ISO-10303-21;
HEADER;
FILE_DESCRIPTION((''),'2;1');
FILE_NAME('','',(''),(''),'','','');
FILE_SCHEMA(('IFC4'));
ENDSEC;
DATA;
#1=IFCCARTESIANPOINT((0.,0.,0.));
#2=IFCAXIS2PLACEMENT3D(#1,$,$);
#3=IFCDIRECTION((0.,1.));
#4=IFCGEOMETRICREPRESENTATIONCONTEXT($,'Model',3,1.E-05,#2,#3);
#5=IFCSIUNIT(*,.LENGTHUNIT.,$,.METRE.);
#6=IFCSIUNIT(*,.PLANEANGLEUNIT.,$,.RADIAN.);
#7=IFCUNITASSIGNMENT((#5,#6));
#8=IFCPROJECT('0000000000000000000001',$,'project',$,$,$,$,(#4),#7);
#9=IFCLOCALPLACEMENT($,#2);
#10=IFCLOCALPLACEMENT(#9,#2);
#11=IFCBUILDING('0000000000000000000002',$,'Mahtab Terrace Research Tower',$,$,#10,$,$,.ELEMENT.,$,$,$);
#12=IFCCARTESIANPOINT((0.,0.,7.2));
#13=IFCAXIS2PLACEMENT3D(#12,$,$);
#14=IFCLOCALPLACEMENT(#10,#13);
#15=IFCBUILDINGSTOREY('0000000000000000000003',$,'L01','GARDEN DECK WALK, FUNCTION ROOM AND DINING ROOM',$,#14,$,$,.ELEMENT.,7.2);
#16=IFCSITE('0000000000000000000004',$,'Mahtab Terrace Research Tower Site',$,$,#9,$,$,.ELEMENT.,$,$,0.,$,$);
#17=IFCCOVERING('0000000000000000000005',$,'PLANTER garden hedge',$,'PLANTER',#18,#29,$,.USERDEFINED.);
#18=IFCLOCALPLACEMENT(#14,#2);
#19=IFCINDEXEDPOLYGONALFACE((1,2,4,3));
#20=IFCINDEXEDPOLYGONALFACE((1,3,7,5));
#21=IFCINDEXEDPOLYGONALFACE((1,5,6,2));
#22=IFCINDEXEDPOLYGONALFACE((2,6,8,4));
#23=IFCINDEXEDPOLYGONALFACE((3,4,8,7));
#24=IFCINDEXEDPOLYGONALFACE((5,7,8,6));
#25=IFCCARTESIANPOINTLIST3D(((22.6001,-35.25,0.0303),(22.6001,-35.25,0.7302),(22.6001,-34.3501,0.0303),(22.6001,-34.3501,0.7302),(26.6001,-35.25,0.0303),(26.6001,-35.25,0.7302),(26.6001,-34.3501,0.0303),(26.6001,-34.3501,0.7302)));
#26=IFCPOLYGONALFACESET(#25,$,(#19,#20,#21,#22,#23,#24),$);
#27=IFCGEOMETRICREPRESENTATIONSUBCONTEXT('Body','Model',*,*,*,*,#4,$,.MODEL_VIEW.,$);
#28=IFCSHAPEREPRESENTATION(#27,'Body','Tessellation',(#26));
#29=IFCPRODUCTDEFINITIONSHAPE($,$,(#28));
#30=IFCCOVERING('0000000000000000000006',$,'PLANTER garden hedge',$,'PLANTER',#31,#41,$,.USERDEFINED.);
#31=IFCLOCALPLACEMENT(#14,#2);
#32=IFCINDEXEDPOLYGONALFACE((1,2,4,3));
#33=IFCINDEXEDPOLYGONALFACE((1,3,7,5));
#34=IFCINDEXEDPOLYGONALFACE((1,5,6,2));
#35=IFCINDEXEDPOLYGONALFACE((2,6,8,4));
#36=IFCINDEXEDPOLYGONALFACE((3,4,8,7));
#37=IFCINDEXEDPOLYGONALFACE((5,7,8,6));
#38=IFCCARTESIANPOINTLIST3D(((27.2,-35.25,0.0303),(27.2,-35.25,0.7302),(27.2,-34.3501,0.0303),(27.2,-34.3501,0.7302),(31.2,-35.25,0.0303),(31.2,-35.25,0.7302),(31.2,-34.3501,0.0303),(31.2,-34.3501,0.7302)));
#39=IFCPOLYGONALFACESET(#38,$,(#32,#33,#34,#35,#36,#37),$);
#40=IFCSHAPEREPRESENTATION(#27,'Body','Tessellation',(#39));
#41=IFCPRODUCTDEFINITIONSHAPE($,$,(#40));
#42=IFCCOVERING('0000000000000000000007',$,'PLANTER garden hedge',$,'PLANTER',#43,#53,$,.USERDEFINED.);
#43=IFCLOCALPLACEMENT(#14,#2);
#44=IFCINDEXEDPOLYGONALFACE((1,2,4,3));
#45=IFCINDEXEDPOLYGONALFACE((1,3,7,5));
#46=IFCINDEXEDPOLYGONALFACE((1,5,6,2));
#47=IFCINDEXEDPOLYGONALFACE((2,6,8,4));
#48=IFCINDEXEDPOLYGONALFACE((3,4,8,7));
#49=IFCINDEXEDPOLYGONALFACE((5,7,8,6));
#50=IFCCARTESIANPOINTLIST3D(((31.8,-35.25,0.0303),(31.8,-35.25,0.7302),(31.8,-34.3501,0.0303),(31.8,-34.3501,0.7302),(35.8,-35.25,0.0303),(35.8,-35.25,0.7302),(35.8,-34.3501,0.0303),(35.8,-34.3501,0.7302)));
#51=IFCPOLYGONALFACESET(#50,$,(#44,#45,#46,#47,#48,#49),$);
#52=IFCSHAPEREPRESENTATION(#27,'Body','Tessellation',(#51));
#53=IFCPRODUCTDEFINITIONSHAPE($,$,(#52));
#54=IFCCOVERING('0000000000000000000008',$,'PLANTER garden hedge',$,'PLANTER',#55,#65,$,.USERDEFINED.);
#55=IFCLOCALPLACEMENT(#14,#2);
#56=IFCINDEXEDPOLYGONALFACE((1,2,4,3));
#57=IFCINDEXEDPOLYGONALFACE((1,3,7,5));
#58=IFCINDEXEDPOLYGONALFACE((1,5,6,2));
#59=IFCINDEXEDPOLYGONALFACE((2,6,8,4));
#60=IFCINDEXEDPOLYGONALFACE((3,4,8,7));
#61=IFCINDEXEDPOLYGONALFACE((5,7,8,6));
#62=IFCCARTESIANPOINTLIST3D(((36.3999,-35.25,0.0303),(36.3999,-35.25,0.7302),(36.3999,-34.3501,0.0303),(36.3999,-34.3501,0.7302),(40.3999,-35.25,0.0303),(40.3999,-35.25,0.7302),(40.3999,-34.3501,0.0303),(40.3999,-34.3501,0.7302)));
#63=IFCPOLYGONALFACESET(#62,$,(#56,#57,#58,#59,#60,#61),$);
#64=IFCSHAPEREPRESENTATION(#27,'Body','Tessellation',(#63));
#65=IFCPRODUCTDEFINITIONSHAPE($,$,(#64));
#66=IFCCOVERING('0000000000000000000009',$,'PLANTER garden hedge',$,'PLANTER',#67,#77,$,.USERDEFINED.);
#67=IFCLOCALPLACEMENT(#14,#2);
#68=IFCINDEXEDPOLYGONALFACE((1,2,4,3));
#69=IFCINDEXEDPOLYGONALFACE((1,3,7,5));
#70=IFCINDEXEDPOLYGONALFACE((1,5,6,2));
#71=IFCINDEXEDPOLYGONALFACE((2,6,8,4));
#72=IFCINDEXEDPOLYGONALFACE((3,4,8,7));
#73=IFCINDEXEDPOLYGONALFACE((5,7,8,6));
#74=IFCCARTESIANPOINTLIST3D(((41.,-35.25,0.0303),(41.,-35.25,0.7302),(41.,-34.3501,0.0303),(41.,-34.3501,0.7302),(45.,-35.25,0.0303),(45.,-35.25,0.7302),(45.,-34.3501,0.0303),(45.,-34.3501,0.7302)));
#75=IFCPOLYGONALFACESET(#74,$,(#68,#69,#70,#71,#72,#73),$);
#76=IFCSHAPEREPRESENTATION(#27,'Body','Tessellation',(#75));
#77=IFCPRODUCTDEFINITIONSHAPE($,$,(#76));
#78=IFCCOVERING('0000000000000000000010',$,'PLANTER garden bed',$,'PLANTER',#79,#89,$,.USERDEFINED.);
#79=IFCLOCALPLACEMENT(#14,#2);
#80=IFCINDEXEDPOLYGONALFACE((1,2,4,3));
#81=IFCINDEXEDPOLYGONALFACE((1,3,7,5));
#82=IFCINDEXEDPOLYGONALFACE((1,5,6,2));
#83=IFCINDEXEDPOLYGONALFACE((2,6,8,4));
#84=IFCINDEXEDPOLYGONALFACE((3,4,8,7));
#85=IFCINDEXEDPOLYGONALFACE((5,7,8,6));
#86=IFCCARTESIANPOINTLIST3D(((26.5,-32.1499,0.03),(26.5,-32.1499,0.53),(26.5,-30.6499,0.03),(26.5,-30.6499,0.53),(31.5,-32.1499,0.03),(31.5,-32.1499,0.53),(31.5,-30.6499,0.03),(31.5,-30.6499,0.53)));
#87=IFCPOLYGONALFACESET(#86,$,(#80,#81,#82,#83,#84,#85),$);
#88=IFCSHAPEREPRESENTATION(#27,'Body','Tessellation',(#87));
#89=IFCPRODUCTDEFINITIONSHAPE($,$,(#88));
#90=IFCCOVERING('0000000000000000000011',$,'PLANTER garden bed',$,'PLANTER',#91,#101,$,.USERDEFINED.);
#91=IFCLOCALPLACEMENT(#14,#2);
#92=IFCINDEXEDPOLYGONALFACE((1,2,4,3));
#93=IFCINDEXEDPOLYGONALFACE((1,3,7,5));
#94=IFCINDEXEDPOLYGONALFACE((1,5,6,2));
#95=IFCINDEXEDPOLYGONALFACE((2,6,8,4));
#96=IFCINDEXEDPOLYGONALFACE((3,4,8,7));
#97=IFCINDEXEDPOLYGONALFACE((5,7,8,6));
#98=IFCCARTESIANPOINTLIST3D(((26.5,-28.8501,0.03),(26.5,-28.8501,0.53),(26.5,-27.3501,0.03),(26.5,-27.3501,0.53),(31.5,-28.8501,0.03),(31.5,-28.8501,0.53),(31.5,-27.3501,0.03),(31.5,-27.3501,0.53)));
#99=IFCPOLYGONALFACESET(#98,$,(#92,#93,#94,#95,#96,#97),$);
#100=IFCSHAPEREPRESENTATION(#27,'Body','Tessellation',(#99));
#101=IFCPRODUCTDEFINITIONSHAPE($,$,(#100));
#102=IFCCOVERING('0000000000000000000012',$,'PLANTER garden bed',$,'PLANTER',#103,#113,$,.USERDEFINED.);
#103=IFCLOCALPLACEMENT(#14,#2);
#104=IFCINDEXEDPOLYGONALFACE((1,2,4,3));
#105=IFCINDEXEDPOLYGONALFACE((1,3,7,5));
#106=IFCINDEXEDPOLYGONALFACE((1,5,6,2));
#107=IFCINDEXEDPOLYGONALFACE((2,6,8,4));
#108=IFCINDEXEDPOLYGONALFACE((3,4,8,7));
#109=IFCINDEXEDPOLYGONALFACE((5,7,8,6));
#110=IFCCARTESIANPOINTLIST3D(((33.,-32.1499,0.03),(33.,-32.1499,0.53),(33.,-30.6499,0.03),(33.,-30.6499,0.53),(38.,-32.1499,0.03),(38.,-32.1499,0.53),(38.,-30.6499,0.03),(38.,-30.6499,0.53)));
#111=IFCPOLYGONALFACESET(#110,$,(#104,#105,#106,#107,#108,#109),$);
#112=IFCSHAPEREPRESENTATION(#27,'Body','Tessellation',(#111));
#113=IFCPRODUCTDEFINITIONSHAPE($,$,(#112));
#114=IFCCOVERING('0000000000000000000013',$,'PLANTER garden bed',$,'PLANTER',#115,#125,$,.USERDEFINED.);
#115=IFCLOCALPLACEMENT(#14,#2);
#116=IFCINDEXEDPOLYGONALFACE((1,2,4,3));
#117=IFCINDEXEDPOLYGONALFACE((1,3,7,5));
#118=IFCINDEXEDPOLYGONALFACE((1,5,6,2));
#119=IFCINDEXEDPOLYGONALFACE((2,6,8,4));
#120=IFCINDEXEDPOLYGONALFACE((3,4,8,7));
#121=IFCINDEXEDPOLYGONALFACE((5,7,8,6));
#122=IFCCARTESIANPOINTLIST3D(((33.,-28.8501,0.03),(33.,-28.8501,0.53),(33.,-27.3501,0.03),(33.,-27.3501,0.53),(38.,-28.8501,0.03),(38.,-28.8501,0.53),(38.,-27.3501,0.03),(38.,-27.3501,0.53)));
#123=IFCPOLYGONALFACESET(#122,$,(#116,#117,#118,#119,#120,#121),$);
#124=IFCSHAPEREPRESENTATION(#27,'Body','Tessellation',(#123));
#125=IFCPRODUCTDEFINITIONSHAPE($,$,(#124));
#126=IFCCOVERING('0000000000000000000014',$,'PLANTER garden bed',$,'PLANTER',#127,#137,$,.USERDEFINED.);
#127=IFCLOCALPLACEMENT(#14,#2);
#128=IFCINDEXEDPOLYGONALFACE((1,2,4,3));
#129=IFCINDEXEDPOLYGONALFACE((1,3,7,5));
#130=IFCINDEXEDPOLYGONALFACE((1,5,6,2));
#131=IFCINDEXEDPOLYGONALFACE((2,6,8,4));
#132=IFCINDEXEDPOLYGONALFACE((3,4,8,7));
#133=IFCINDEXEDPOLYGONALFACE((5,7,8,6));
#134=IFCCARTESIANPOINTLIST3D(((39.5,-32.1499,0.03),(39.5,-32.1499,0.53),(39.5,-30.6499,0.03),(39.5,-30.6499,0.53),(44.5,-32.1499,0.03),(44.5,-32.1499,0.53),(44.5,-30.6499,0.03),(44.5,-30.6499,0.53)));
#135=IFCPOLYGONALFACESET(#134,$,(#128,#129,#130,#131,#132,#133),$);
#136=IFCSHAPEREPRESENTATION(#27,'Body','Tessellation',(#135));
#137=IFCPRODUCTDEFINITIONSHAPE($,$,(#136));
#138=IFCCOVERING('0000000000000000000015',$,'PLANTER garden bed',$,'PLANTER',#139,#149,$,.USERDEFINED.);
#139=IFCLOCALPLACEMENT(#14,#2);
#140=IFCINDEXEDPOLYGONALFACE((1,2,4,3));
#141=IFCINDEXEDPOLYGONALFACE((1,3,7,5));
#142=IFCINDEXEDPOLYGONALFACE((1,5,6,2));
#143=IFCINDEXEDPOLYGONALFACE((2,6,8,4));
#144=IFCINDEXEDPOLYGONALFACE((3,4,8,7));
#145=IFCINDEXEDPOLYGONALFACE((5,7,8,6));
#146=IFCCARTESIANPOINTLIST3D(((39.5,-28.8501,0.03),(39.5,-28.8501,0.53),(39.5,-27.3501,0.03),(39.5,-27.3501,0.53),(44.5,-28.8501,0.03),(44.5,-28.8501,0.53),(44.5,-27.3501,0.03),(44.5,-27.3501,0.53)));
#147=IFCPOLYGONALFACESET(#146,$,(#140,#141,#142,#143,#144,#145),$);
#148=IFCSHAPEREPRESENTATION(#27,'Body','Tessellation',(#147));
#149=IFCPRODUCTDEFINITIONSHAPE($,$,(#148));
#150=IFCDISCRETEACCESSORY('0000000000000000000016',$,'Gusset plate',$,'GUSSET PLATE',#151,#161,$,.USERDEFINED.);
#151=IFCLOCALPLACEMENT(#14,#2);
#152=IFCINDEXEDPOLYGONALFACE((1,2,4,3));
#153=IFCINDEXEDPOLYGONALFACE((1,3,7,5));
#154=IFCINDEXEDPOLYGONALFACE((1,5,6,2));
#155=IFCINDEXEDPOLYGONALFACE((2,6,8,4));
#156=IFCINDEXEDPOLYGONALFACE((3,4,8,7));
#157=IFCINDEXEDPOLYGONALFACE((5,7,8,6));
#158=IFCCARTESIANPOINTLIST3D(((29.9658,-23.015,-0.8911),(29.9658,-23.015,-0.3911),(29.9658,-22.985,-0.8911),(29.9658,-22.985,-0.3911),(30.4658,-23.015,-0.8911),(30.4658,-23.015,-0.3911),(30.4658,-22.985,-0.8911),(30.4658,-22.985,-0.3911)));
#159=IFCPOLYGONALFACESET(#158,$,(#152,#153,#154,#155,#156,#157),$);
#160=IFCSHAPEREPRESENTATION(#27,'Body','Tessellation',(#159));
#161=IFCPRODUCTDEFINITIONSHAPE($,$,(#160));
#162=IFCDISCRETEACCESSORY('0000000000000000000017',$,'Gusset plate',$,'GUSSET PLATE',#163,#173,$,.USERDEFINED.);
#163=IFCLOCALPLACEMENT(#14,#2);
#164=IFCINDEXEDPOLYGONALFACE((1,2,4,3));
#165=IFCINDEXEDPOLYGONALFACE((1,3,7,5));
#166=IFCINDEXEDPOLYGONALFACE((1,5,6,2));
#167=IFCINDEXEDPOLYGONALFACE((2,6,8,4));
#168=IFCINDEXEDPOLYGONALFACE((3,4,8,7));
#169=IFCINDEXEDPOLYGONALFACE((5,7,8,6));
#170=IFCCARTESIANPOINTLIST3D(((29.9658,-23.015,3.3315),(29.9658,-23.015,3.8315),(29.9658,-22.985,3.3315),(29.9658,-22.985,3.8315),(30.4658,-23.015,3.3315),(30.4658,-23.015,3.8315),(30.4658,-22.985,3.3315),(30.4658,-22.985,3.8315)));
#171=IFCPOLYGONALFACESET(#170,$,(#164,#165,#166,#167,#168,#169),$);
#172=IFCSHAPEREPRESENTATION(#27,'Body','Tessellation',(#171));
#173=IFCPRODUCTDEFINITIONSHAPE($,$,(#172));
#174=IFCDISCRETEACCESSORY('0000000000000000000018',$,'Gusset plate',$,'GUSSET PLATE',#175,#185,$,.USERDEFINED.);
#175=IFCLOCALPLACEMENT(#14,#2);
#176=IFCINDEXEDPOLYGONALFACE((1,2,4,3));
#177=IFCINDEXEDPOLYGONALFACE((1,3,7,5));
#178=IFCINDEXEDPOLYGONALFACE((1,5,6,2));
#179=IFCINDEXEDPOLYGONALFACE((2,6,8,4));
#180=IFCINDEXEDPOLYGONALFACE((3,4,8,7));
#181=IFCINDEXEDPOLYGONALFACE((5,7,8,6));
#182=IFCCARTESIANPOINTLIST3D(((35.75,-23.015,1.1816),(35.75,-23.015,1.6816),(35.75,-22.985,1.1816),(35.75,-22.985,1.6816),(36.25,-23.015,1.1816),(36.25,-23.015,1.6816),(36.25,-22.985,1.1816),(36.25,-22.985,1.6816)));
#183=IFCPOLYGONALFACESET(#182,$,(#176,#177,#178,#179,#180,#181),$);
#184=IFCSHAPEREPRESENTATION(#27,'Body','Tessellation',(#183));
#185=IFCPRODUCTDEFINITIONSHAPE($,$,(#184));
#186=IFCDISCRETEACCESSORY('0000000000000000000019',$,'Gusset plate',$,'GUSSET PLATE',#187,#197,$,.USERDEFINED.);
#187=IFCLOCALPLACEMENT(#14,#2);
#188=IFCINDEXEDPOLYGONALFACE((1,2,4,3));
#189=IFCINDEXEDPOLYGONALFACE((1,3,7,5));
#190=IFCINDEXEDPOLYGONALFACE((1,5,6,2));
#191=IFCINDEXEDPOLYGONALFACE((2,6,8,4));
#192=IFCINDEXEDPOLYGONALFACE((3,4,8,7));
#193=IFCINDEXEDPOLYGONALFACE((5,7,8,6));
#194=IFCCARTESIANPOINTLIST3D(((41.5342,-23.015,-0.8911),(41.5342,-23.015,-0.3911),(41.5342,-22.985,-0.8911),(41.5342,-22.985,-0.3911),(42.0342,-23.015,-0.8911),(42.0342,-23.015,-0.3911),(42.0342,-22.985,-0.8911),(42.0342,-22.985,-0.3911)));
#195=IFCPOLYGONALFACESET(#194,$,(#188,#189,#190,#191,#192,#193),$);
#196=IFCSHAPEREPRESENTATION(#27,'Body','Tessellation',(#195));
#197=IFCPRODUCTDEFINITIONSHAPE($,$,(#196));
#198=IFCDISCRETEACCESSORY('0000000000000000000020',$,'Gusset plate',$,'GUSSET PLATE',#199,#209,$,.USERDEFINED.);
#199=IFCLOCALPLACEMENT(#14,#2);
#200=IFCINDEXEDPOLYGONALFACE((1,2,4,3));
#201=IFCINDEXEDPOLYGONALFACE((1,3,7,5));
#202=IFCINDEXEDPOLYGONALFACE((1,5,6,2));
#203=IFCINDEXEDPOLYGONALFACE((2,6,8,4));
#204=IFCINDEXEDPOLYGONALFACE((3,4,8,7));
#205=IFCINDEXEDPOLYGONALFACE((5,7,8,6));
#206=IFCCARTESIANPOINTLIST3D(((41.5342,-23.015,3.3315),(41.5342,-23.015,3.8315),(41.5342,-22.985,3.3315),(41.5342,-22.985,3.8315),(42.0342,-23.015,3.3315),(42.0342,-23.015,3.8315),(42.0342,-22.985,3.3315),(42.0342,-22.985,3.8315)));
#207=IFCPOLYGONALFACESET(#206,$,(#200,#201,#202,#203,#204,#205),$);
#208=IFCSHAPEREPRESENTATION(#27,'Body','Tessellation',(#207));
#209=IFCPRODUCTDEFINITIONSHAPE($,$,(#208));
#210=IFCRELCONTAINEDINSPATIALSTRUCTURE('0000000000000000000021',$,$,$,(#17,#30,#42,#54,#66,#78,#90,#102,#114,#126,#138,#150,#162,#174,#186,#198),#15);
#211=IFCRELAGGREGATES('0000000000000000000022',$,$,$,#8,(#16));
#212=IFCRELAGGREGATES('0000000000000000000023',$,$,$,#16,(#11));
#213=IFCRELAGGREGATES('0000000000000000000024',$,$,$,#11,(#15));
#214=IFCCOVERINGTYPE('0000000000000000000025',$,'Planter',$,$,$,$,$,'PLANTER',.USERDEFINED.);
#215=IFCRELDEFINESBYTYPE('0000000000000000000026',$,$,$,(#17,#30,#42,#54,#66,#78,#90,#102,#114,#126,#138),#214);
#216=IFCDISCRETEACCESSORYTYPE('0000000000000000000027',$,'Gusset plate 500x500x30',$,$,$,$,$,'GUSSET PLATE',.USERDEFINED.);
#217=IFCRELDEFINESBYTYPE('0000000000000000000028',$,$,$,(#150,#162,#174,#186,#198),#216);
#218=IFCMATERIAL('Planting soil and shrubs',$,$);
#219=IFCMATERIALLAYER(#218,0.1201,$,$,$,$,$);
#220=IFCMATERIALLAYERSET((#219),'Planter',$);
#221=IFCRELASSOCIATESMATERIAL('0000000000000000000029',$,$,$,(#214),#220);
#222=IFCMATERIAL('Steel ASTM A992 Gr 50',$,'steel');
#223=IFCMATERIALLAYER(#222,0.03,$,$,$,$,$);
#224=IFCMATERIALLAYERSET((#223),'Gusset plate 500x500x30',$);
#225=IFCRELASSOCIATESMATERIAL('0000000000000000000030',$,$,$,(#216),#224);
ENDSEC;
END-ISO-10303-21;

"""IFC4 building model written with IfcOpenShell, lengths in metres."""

from ifc_helpers import new_model, si_unit, direction, frame, origin, origin_2d, place, context, subcontext, project, spatial, rectangle, extrude, material, layer, layer_set, type_object, element, save


model = new_model("IFC4")

# Units and contexts
model_context = context("Model", 3, precision=1e-05, world=origin(), true_north=direction((0.0, 1.0)))
body_context = subcontext(model_context, "Body", "Model", "MODEL_VIEW")
ifc_project = project(units=[si_unit("LENGTHUNIT", "METRE"), si_unit("PLANEANGLEUNIT", "RADIAN")], contexts=[model_context])

# Site, building, storey
site_placement = place(None, origin())
site = spatial("IfcSite", under=ifc_project, at=site_placement, Name="Mahtab Terrace Research Tower Site", CompositionType="ELEMENT", RefElevation=0.0)
building_placement = place(site_placement, origin())
building = spatial("IfcBuilding", under=site, at=building_placement, Name="Mahtab Terrace Research Tower", CompositionType="ELEMENT")
storey_placement = place(building_placement, frame((0.0, 0.0, 7.2)))
storey = spatial("IfcBuildingStorey", under=building, at=storey_placement, Name="L01", Description="GARDEN DECK WALK, FUNCTION ROOM AND DINING ROOM", CompositionType="ELEMENT", Elevation=7.2)

# Shared definitions
ifc_material_1 = material(Name="Steel ASTM A992 Gr 50", Category="steel")

# Coverings
ifc_material_2 = material(Name="Planting soil and shrubs")
ifc_layer_1 = layer(ifc_material_2, 0.1201)
ifc_layer_set_1 = layer_set([ifc_layer_1], Name="Planter")
covering_type = type_object("IfcCoveringType", Name="Planter", ElementType="PLANTER", PredefinedType="USERDEFINED", material=ifc_layer_set_1)
for number, where, z_axis, x_axis, name in (
    (1, (24.6001, -34.8, 0.0303), (0.0, 0.0, 1.0), (1.0, 0.0, 0.0), "PLANTER garden hedge"),
    (2, (29.2, -34.8, 0.0303), (0.0, 0.0, 1.0), (1.0, 0.0, 0.0), "PLANTER garden hedge"),
    (3, (33.8, -34.8, 0.0303), (0.0, 0.0, 1.0), (1.0, 0.0, 0.0), "PLANTER garden hedge"),
    (4, (38.3999, -34.8, 0.0303), (0.0, 0.0, 1.0), (1.0, 0.0, 0.0), "PLANTER garden hedge"),
    (5, (43.0, -34.8, 0.0303), (0.0, 0.0, 1.0), (1.0, 0.0, 0.0), "PLANTER garden hedge"),
):
    element("IfcCovering", number, at=place(storey_placement, frame(where, z_axis=z_axis, x_axis=x_axis)), inside=storey, type_object=covering_type, Name=name, ObjectType="PLANTER", PredefinedType="USERDEFINED", context=body_context, shape_type="SweptSolid", body=[
        extrude(rectangle(XDim=4.0, YDim=0.8999, at=origin_2d()), origin(), (0.0, 0.0, 1.0), 0.7),
    ])
for number, where, z_axis, x_axis, name in (
    (6, (29.0, -31.3999, 0.03), (0.0, 0.0, 1.0), (1.0, 0.0, 0.0), "PLANTER garden bed"),
    (7, (29.0, -28.1001, 0.03), (0.0, 0.0, 1.0), (1.0, 0.0, 0.0), "PLANTER garden bed"),
    (8, (35.5, -31.3999, 0.03), (0.0, 0.0, 1.0), (1.0, 0.0, 0.0), "PLANTER garden bed"),
    (9, (35.5, -28.1001, 0.03), (0.0, 0.0, 1.0), (1.0, 0.0, 0.0), "PLANTER garden bed"),
    (10, (42.0, -31.3999, 0.03), (0.0, 0.0, 1.0), (1.0, 0.0, 0.0), "PLANTER garden bed"),
    (11, (42.0, -28.1001, 0.03), (0.0, 0.0, 1.0), (1.0, 0.0, 0.0), "PLANTER garden bed"),
):
    element("IfcCovering", number, at=place(storey_placement, frame(where, z_axis=z_axis, x_axis=x_axis)), inside=storey, type_object=covering_type, Name=name, ObjectType="PLANTER", PredefinedType="USERDEFINED", context=body_context, shape_type="SweptSolid", body=[
        extrude(rectangle(XDim=5.0, YDim=1.5, at=origin_2d()), origin(), (0.0, 0.0, 1.0), 0.5),
    ])

# Discrete accessories
ifc_layer_2 = layer(ifc_material_1, 0.03)
ifc_layer_set_2 = layer_set([ifc_layer_2], Name="Gusset plate 500x500x30")
discrete_accessory_type = type_object("IfcDiscreteAccessoryType", Name="Gusset plate 500x500x30", ElementType="GUSSET PLATE", PredefinedType="USERDEFINED", material=ifc_layer_set_2)
for number, where, z_axis, x_axis, name in (
    (12, (30.2158, -23.0, -0.8911), (0.0, 0.0, 1.0), (1.0, 0.0, 0.0), "Gusset plate"),
    (13, (30.2158, -23.0, 3.3315), (0.0, 0.0, 1.0), (1.0, 0.0, 0.0), "Gusset plate"),
    (14, (36.0, -23.0, 1.1816), (0.0, 0.0, 1.0), (1.0, 0.0, 0.0), "Gusset plate"),
    (15, (41.7842, -23.0, -0.8911), (0.0, 0.0, 1.0), (1.0, 0.0, 0.0), "Gusset plate"),
    (16, (41.7842, -23.0, 3.3315), (0.0, 0.0, 1.0), (1.0, 0.0, 0.0), "Gusset plate"),
):
    element("IfcDiscreteAccessory", number, at=place(storey_placement, frame(where, z_axis=z_axis, x_axis=x_axis)), inside=storey, type_object=discrete_accessory_type, Name=name, ObjectType="GUSSET PLATE", PredefinedType="USERDEFINED", context=body_context, shape_type="SweptSolid", body=[
        extrude(rectangle(XDim=0.5, YDim=0.03, at=origin_2d()), origin(), (0.0, 0.0, 1.0), 0.5),
    ])

save(model, "model.ifc")
